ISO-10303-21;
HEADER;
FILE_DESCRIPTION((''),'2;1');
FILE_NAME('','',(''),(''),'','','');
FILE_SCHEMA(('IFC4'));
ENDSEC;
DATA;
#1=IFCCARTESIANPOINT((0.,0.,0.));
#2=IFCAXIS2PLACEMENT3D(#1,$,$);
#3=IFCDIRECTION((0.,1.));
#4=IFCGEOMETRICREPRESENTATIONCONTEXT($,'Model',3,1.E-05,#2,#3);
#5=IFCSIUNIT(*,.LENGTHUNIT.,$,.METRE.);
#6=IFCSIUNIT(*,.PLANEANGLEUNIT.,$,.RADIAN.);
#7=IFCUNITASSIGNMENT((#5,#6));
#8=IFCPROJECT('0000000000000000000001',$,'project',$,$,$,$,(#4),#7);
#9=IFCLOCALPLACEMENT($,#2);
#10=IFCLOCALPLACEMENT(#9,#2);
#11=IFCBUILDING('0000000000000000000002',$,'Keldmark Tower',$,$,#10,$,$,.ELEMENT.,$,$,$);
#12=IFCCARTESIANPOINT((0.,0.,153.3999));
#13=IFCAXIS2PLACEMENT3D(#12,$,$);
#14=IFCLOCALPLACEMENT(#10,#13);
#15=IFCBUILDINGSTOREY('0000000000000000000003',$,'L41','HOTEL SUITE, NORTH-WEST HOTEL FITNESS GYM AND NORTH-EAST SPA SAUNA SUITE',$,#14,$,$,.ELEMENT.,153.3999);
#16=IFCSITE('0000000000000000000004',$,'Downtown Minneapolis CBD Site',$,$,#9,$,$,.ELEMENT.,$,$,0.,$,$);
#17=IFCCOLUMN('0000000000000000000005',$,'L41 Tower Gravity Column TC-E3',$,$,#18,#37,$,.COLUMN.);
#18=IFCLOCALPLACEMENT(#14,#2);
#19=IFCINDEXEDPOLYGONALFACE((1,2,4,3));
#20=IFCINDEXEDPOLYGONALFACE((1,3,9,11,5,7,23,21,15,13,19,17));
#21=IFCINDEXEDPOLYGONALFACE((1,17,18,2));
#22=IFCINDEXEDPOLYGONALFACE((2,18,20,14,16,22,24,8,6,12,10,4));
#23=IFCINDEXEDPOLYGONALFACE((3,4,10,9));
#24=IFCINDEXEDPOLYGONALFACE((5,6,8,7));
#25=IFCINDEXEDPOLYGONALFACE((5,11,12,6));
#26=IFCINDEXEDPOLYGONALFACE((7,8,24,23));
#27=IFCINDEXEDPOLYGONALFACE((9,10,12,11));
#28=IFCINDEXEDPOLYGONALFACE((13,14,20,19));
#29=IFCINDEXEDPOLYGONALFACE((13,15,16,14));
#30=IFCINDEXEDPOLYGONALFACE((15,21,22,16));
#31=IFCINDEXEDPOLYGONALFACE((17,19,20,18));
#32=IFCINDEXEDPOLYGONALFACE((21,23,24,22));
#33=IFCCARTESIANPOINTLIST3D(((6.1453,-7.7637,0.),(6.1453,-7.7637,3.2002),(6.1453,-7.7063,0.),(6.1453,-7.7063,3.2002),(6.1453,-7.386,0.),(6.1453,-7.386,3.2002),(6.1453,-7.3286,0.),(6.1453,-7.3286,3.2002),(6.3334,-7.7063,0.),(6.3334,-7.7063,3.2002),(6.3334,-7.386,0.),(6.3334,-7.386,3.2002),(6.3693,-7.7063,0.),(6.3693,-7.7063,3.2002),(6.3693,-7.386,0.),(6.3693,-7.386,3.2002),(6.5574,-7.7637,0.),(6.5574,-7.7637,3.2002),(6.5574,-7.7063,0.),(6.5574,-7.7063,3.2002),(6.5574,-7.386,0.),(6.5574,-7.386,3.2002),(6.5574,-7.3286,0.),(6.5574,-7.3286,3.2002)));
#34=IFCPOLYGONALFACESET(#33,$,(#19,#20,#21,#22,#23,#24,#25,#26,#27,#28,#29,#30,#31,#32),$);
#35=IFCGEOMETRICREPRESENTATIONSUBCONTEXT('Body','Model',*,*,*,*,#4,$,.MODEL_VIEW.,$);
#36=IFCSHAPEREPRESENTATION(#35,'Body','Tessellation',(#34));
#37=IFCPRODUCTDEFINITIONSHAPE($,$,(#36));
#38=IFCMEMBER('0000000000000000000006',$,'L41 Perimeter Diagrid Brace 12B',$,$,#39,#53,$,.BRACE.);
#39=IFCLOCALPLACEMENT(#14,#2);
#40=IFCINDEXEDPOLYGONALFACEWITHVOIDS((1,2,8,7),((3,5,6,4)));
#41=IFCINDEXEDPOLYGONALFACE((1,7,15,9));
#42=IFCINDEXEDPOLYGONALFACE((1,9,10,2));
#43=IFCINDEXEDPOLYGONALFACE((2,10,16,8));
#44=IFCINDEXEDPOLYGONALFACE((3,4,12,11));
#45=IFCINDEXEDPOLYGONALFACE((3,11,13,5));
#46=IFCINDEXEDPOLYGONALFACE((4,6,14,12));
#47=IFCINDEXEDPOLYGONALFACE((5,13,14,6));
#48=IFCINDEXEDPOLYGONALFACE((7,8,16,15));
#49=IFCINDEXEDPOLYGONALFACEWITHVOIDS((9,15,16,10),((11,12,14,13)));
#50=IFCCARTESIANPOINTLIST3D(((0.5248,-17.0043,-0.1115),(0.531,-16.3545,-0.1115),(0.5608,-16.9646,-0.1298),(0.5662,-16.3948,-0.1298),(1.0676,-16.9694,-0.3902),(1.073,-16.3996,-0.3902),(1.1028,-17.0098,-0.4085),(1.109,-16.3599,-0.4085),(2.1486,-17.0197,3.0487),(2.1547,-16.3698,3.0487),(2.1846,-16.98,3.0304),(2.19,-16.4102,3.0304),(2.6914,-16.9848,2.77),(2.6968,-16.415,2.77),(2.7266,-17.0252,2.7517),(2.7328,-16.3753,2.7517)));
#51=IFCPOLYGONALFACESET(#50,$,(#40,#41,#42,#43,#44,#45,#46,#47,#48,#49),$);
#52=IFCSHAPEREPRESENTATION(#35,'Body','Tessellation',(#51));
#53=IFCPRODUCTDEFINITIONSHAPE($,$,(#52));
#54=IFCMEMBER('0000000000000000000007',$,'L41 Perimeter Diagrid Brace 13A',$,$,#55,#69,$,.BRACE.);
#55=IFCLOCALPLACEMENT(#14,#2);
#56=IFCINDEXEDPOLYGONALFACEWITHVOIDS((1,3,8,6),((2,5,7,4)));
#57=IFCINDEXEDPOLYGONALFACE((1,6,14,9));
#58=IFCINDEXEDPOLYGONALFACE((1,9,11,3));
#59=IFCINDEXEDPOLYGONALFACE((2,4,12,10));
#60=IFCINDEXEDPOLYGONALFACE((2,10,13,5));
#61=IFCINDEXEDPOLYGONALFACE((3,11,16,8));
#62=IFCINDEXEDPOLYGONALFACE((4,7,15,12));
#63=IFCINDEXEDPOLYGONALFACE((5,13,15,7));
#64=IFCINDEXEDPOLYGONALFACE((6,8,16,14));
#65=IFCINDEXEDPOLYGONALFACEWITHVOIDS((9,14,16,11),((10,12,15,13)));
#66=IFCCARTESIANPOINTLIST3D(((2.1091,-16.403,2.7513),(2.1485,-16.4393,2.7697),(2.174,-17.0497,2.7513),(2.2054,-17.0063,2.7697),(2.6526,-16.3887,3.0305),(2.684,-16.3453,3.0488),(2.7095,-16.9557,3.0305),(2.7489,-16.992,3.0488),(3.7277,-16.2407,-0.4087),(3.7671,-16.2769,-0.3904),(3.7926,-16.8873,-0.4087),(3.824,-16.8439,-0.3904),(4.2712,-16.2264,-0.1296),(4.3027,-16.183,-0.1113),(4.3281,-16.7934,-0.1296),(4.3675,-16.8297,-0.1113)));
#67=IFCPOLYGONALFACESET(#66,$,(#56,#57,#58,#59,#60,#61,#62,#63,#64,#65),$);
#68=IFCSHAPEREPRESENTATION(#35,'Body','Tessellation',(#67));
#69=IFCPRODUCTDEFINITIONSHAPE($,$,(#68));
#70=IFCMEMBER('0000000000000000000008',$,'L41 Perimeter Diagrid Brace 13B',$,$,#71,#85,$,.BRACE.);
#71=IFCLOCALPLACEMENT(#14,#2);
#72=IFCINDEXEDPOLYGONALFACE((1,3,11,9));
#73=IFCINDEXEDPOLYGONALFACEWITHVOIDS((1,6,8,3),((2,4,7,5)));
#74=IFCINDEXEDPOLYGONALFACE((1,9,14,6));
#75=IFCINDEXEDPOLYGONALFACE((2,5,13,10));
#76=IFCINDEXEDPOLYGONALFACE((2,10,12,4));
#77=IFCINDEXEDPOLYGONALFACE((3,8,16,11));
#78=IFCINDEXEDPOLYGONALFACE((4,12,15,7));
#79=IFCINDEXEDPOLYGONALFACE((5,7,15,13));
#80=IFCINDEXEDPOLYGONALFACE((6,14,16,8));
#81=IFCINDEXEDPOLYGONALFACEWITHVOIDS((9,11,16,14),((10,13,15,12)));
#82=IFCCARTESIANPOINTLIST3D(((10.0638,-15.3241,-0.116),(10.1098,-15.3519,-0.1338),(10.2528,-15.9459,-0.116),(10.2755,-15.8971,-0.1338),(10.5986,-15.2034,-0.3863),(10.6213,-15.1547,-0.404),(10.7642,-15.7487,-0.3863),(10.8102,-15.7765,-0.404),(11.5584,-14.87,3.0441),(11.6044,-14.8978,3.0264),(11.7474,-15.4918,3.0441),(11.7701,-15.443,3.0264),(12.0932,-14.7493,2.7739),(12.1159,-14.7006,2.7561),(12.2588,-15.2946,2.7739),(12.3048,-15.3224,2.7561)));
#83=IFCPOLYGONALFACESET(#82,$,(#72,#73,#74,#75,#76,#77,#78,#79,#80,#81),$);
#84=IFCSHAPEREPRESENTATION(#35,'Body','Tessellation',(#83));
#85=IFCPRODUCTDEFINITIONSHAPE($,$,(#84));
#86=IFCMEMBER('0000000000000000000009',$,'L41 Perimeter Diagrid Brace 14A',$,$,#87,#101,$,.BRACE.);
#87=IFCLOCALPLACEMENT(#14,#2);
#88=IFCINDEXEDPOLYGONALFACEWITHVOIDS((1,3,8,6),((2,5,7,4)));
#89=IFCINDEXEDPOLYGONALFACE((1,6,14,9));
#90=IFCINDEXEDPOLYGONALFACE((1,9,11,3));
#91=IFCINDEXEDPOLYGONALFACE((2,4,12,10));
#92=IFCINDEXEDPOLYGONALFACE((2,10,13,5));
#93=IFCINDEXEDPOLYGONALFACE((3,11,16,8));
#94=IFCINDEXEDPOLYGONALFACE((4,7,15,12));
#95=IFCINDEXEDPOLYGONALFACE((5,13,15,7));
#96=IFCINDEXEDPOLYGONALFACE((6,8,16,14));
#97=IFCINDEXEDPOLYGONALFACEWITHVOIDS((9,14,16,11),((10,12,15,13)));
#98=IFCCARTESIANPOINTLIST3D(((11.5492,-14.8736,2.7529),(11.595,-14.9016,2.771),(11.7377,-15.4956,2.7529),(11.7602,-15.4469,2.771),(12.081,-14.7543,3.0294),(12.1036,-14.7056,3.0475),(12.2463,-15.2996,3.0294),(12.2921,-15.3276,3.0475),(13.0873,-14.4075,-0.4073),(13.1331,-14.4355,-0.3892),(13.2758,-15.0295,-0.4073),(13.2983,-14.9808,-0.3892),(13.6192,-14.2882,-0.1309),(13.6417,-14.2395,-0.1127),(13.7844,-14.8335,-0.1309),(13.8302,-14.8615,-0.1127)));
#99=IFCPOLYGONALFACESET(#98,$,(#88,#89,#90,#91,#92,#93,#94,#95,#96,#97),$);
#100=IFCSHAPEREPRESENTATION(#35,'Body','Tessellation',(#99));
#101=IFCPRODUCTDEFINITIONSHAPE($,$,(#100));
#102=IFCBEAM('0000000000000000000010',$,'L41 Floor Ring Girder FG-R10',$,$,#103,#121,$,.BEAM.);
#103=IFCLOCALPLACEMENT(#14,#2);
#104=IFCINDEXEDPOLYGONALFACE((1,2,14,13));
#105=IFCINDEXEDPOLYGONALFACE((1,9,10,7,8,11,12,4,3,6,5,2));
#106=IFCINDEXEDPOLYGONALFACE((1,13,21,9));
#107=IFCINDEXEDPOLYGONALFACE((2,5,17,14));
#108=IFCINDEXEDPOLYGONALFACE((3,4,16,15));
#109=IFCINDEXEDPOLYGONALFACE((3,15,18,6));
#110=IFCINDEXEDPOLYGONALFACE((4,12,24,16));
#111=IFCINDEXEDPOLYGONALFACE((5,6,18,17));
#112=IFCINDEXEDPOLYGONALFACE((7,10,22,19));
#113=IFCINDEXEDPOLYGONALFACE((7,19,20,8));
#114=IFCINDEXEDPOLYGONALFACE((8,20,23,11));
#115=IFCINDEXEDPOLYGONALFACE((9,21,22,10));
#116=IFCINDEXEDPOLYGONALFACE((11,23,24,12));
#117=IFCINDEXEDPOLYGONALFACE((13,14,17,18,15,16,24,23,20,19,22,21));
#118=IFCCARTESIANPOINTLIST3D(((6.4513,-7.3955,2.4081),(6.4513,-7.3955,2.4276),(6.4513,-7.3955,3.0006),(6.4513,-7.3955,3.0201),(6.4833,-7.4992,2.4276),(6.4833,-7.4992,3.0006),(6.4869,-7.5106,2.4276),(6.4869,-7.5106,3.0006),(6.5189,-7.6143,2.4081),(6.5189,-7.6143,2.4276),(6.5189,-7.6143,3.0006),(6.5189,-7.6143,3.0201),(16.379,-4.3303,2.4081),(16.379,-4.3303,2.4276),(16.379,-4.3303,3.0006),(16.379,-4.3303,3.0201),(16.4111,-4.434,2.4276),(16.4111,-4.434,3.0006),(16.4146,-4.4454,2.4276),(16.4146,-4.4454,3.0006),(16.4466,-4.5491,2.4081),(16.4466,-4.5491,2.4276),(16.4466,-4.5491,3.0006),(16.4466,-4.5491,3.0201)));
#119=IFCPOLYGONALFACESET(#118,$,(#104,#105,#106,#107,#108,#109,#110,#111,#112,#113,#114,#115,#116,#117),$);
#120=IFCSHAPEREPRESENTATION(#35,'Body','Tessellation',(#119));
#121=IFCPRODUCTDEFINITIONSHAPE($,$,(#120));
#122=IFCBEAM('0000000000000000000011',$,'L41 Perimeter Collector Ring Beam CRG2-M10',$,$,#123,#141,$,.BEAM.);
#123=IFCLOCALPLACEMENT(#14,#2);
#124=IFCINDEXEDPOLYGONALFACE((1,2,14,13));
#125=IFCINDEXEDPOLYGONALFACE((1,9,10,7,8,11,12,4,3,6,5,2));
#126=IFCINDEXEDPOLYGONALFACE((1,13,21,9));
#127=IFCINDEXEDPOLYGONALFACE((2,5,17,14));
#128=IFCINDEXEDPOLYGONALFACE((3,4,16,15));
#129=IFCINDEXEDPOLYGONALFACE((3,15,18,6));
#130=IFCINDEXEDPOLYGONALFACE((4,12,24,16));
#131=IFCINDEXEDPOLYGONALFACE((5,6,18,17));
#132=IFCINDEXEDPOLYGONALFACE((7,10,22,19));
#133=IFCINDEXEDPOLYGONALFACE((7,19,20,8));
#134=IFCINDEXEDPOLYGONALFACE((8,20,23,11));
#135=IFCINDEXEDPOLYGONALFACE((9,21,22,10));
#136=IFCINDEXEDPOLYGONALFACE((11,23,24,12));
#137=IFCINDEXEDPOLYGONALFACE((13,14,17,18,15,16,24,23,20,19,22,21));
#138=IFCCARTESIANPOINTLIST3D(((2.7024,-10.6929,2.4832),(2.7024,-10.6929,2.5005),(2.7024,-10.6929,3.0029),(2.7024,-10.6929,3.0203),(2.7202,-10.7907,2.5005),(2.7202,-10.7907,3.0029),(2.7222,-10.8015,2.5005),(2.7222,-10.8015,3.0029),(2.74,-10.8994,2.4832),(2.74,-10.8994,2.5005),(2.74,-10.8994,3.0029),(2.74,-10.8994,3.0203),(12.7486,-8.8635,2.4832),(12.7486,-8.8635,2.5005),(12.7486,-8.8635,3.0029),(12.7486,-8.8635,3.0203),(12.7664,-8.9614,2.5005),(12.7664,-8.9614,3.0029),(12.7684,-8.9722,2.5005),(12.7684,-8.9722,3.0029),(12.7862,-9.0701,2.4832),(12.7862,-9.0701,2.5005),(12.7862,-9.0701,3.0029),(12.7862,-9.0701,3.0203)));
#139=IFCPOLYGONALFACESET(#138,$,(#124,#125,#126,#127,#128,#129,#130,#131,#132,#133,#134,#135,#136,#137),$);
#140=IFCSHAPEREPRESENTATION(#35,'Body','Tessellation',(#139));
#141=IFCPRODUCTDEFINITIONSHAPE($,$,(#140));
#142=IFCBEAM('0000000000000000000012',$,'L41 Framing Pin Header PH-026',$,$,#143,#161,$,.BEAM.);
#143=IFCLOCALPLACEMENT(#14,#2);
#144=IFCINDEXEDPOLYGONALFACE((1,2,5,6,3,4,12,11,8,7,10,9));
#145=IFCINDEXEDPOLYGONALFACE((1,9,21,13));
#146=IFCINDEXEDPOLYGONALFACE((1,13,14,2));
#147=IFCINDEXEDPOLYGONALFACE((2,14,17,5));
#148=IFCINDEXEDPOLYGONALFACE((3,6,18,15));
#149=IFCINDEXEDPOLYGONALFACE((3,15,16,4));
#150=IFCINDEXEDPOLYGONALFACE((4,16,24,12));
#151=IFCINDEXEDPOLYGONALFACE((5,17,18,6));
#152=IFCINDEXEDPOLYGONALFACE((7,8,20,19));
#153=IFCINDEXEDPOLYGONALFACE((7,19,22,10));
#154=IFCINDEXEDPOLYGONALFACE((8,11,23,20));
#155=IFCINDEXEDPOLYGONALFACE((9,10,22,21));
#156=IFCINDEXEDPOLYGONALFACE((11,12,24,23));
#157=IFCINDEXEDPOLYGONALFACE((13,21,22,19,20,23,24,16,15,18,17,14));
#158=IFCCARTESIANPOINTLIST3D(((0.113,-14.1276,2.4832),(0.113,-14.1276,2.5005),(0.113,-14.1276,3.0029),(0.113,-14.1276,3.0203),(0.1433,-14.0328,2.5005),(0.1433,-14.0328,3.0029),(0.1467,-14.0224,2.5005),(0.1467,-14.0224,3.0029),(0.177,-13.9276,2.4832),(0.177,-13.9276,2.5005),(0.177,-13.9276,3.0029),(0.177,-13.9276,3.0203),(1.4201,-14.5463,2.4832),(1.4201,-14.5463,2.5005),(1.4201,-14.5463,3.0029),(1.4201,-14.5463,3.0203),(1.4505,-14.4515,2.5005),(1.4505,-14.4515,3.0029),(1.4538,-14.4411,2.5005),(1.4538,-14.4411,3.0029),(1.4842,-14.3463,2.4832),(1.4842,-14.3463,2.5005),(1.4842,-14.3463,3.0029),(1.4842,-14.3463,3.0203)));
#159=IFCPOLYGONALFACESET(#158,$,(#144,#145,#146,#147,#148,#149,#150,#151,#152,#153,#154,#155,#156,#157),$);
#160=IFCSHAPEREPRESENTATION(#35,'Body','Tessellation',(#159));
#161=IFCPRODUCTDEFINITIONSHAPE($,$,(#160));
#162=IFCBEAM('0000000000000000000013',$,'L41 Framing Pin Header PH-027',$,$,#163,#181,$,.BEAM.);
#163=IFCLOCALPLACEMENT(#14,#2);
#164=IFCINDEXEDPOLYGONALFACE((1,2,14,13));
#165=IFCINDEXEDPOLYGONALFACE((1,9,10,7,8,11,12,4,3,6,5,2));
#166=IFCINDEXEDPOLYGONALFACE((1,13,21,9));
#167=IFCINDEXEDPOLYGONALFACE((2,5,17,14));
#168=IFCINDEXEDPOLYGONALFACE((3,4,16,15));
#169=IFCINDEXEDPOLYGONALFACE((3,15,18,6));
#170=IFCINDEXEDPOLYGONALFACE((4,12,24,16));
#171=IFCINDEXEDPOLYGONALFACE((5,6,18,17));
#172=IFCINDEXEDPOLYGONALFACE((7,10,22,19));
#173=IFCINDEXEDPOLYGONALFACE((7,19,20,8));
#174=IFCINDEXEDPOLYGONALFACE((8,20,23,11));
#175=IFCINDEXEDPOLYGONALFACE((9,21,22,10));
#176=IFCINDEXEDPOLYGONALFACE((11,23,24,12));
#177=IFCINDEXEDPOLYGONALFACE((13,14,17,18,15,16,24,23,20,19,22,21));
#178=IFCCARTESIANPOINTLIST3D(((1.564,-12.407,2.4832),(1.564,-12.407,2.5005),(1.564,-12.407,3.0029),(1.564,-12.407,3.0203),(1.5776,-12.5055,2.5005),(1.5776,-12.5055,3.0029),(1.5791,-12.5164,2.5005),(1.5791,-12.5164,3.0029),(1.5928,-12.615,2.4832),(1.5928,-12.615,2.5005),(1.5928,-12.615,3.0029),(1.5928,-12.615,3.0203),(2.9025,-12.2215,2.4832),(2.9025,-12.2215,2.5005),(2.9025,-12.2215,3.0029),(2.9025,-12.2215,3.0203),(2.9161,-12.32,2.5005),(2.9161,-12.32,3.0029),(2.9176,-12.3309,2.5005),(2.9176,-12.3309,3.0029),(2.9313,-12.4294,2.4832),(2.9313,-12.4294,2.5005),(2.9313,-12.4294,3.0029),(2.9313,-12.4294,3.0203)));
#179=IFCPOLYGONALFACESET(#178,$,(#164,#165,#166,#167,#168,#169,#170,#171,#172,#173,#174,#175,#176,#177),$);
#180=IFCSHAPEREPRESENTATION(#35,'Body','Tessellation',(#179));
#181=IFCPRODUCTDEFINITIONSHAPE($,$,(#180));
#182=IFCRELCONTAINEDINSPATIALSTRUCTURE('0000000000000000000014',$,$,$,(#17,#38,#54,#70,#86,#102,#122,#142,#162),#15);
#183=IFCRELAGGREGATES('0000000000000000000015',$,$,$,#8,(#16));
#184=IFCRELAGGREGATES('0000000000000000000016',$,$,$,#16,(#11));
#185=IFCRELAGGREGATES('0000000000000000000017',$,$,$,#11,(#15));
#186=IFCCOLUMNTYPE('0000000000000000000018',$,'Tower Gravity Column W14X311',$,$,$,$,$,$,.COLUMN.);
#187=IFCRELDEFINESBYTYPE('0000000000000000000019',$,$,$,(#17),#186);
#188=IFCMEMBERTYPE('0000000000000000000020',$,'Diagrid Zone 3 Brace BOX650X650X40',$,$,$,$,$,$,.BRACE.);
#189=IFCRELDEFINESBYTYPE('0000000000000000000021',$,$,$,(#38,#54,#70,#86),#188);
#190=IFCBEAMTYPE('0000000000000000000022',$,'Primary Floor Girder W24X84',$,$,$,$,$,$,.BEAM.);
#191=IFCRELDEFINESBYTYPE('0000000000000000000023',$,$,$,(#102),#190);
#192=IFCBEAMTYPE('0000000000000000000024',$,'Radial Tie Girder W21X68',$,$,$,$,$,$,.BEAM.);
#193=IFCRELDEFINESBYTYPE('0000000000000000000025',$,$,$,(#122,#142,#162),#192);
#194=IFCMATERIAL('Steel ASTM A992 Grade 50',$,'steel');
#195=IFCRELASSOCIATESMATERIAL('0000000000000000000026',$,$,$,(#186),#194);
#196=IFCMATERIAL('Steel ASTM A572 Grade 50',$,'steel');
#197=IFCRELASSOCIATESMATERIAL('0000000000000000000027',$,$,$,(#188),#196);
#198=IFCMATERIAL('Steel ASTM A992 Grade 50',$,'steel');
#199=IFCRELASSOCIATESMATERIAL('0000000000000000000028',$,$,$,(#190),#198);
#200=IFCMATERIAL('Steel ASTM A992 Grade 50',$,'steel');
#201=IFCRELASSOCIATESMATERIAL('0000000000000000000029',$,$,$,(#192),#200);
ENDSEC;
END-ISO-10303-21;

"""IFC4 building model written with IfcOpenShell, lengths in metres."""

from ifc_helpers import new_model, si_unit, direction, frame, origin, origin_2d, place, context, subcontext, project, spatial, hollow_rectangle, i_section, extrude, material, material_profile, profile_set, type_object, element, save


model = new_model("IFC4")

# Units and contexts
model_context = context("Model", 3, precision=1e-05, world=origin(), true_north=direction((0.0, 1.0)))
body_context = subcontext(model_context, "Body", "Model", "MODEL_VIEW")
ifc_project = project(units=[si_unit("LENGTHUNIT", "METRE"), si_unit("PLANEANGLEUNIT", "RADIAN")], contexts=[model_context])

# Site, building, storey
site_placement = place(None, origin())
site = spatial("IfcSite", under=ifc_project, at=site_placement, Name="Downtown Minneapolis CBD Site", CompositionType="ELEMENT", RefElevation=0.0)
building_placement = place(site_placement, origin())
building = spatial("IfcBuilding", under=site, at=building_placement, Name="Keldmark Tower", CompositionType="ELEMENT")
storey_placement = place(building_placement, frame((0.0, 0.0, 153.3999)))
storey = spatial("IfcBuildingStorey", under=building, at=storey_placement, Name="L41", Description="HOTEL SUITE, NORTH-WEST HOTEL FITNESS GYM AND NORTH-EAST SPA SAUNA SUITE", CompositionType="ELEMENT", Elevation=153.3999)

# Column
ifc_material_1 = material(Name="Steel ASTM A992 Grade 50", Category="steel")
ifc_material_profile_1 = material_profile(ifc_material_1, i_section(OverallWidth=0.4121, OverallDepth=0.4351, WebThickness=0.0359, FlangeThickness=0.0574, at=origin_2d()), Name="W14X311")
ifc_profile_set_1 = profile_set([ifc_material_profile_1], Name="Steel ASTM A992 Grade 50")
column_type = type_object("IfcColumnType", Name="Tower Gravity Column W14X311", PredefinedType="COLUMN", material=ifc_profile_set_1)
column_placement = place(storey_placement, frame((6.3513, -7.5461, 0.0), z_axis=(0.0, 0.0, 1.0), x_axis=(1.0, 0.0, 0.0)))
element("IfcColumn", 1, at=column_placement, inside=storey, type_object=column_type, Name="L41 Tower Gravity Column TC-E3", PredefinedType="COLUMN", context=body_context, shape_type="SweptSolid", body=[
    extrude(i_section(OverallWidth=0.4121, OverallDepth=0.4351, WebThickness=0.0359, FlangeThickness=0.0574, at=origin_2d()), origin(), (0.0, 0.0, 1.0), 3.2002),
])

# Members
ifc_material_2 = material(Name="Steel ASTM A572 Grade 50", Category="steel")
ifc_material_profile_2 = material_profile(ifc_material_2, hollow_rectangle(XDim=0.6499, YDim=0.6499, WallThickness=0.04, at=origin_2d()), Name="BOX650X650X40")
ifc_profile_set_2 = profile_set([ifc_material_profile_2], Name="Steel ASTM A572 Grade 50")
member_type = type_object("IfcMemberType", Name="Diagrid Zone 3 Brace BOX650X650X40", PredefinedType="BRACE", material=ifc_profile_set_2)
member_1_placement = place(storey_placement, frame((0.8169, -16.6821, -0.26), z_axis=(0.457022, -0.004329, 0.889445), x_axis=(0.009472, 0.999955, 0.0)))
element("IfcMember", 2, at=member_1_placement, inside=storey, type_object=member_type, Name="L41 Perimeter Diagrid Brace 12B", PredefinedType="BRACE", context=body_context, shape_type="SweptSolid", body=[
    extrude(hollow_rectangle(XDim=0.6499, YDim=0.6499, WallThickness=0.04, at=origin_2d()), origin(), (0.0, 0.0, 1.0), 3.553),
])
member_2_placement = place(storey_placement, frame((4.0476, -16.5352, -0.26), z_axis=(-0.455408, -0.045678, 0.88911), x_axis=(0.099801, -0.995007, 0.0)))
element("IfcMember", 3, at=member_2_placement, inside=storey, type_object=member_type, Name="L41 Perimeter Diagrid Brace 13A", PredefinedType="BRACE", context=body_context, shape_type="SweptSolid", body=[
    extrude(hollow_rectangle(XDim=0.6499, YDim=0.6499, WallThickness=0.04, at=origin_2d()), origin(), (0.0, 0.0, 1.0), 3.5542),
])
member_3_placement = place(storey_placement, frame((10.437, -15.5503, -0.26), z_axis=(0.42399, 0.128818, 0.896459), x_axis=(-0.290701, 0.956814, 0.0)))
element("IfcMember", 4, at=member_3_placement, inside=storey, type_object=member_type, Name="L41 Perimeter Diagrid Brace 13B", PredefinedType="BRACE", context=body_context, shape_type="SweptSolid", body=[
    extrude(hollow_rectangle(XDim=0.6499, YDim=0.6499, WallThickness=0.04, at=origin_2d()), origin(), (0.0, 0.0, 1.0), 3.5251),
])
member_4_placement = place(storey_placement, frame((13.4587, -14.6345, -0.26), z_axis=(-0.433832, -0.131458, 0.891352), x_axis=(0.289995, -0.957028, 0.0)))
element("IfcMember", 5, at=member_4_placement, inside=storey, type_object=member_type, Name="L41 Perimeter Diagrid Brace 14A", PredefinedType="BRACE", context=body_context, shape_type="SweptSolid", body=[
    extrude(hollow_rectangle(XDim=0.6499, YDim=0.6499, WallThickness=0.04, at=origin_2d()), origin(), (0.0, 0.0, 1.0), 3.5454),
])

# Beams
ifc_material_3 = material(Name="Steel ASTM A992 Grade 50", Category="steel")
ifc_material_profile_3 = material_profile(ifc_material_3, i_section(OverallWidth=0.229, OverallDepth=0.6121, WebThickness=0.012, FlangeThickness=0.0195, at=origin_2d()), Name="W24X84")
ifc_profile_set_3 = profile_set([ifc_material_profile_3], Name="Steel ASTM A992 Grade 50")
beam_type_1 = type_object("IfcBeamType", Name="Primary Floor Girder W24X84", PredefinedType="BEAM", material=ifc_profile_set_3)
beam_1_placement = place(storey_placement, frame((6.4851, -7.5049, 2.7141), z_axis=(0.955495, 0.295009, 0.0), x_axis=(-0.295009, 0.955495, 0.0)))
element("IfcBeam", 6, at=beam_1_placement, inside=storey, type_object=beam_type_1, Name="L41 Floor Ring Girder FG-R10", PredefinedType="BEAM", context=body_context, shape_type="SweptSolid", body=[
    extrude(i_section(OverallWidth=0.229, OverallDepth=0.6121, WebThickness=0.012, FlangeThickness=0.0195, at=origin_2d()), origin(), (0.0, 0.0, 1.0), 10.3901),
])
ifc_material_4 = material(Name="Steel ASTM A992 Grade 50", Category="steel")
ifc_material_profile_4 = material_profile(ifc_material_4, i_section(OverallWidth=0.21, OverallDepth=0.5371, WebThickness=0.011, FlangeThickness=0.0173, at=origin_2d()), Name="W21X68")
ifc_profile_set_4 = profile_set([ifc_material_profile_4], Name="Steel ASTM A992 Grade 50")
beam_type_2 = type_object("IfcBeamType", Name="Radial Tie Girder W21X68", PredefinedType="BEAM", material=ifc_profile_set_4)
beam_2_placement = place(storey_placement, frame((2.7212, -10.7961, 2.7517), z_axis=(0.983822, 0.179148, 0.0), x_axis=(-0.179148, 0.983822, 0.0)))
element("IfcBeam", 7, at=beam_2_placement, inside=storey, type_object=beam_type_2, Name="L41 Perimeter Collector Ring Beam CRG2-M10", PredefinedType="BEAM", context=body_context, shape_type="SweptSolid", body=[
    extrude(i_section(OverallWidth=0.21, OverallDepth=0.5371, WebThickness=0.011, FlangeThickness=0.0173, at=origin_2d()), origin(), (0.0, 0.0, 1.0), 10.2114),
])
beam_3_placement = place(storey_placement, frame((0.145, -14.0276, 2.7517), z_axis=(0.952335, -0.305053, 0.0), x_axis=(0.305053, 0.952335, 0.0)))
element("IfcBeam", 8, at=beam_3_placement, inside=storey, type_object=beam_type_2, Name="L41 Framing Pin Header PH-026", PredefinedType="BEAM", context=body_context, shape_type="SweptSolid", body=[
    extrude(i_section(OverallWidth=0.21, OverallDepth=0.5371, WebThickness=0.011, FlangeThickness=0.0173, at=origin_2d()), origin(), (0.0, 0.0, 1.0), 1.3726),
])
beam_4_placement = place(storey_placement, frame((1.5784, -12.511, 2.7517), z_axis=(0.99053, 0.137298, 0.0), x_axis=(-0.137298, 0.99053, 0.0)))
element("IfcBeam", 9, at=beam_4_placement, inside=storey, type_object=beam_type_2, Name="L41 Framing Pin Header PH-027", PredefinedType="BEAM", context=body_context, shape_type="SweptSolid", body=[
    extrude(i_section(OverallWidth=0.21, OverallDepth=0.5371, WebThickness=0.011, FlangeThickness=0.0173, at=origin_2d()), origin(), (0.0, 0.0, 1.0), 1.3513),
])

save(model, "model.ifc")
